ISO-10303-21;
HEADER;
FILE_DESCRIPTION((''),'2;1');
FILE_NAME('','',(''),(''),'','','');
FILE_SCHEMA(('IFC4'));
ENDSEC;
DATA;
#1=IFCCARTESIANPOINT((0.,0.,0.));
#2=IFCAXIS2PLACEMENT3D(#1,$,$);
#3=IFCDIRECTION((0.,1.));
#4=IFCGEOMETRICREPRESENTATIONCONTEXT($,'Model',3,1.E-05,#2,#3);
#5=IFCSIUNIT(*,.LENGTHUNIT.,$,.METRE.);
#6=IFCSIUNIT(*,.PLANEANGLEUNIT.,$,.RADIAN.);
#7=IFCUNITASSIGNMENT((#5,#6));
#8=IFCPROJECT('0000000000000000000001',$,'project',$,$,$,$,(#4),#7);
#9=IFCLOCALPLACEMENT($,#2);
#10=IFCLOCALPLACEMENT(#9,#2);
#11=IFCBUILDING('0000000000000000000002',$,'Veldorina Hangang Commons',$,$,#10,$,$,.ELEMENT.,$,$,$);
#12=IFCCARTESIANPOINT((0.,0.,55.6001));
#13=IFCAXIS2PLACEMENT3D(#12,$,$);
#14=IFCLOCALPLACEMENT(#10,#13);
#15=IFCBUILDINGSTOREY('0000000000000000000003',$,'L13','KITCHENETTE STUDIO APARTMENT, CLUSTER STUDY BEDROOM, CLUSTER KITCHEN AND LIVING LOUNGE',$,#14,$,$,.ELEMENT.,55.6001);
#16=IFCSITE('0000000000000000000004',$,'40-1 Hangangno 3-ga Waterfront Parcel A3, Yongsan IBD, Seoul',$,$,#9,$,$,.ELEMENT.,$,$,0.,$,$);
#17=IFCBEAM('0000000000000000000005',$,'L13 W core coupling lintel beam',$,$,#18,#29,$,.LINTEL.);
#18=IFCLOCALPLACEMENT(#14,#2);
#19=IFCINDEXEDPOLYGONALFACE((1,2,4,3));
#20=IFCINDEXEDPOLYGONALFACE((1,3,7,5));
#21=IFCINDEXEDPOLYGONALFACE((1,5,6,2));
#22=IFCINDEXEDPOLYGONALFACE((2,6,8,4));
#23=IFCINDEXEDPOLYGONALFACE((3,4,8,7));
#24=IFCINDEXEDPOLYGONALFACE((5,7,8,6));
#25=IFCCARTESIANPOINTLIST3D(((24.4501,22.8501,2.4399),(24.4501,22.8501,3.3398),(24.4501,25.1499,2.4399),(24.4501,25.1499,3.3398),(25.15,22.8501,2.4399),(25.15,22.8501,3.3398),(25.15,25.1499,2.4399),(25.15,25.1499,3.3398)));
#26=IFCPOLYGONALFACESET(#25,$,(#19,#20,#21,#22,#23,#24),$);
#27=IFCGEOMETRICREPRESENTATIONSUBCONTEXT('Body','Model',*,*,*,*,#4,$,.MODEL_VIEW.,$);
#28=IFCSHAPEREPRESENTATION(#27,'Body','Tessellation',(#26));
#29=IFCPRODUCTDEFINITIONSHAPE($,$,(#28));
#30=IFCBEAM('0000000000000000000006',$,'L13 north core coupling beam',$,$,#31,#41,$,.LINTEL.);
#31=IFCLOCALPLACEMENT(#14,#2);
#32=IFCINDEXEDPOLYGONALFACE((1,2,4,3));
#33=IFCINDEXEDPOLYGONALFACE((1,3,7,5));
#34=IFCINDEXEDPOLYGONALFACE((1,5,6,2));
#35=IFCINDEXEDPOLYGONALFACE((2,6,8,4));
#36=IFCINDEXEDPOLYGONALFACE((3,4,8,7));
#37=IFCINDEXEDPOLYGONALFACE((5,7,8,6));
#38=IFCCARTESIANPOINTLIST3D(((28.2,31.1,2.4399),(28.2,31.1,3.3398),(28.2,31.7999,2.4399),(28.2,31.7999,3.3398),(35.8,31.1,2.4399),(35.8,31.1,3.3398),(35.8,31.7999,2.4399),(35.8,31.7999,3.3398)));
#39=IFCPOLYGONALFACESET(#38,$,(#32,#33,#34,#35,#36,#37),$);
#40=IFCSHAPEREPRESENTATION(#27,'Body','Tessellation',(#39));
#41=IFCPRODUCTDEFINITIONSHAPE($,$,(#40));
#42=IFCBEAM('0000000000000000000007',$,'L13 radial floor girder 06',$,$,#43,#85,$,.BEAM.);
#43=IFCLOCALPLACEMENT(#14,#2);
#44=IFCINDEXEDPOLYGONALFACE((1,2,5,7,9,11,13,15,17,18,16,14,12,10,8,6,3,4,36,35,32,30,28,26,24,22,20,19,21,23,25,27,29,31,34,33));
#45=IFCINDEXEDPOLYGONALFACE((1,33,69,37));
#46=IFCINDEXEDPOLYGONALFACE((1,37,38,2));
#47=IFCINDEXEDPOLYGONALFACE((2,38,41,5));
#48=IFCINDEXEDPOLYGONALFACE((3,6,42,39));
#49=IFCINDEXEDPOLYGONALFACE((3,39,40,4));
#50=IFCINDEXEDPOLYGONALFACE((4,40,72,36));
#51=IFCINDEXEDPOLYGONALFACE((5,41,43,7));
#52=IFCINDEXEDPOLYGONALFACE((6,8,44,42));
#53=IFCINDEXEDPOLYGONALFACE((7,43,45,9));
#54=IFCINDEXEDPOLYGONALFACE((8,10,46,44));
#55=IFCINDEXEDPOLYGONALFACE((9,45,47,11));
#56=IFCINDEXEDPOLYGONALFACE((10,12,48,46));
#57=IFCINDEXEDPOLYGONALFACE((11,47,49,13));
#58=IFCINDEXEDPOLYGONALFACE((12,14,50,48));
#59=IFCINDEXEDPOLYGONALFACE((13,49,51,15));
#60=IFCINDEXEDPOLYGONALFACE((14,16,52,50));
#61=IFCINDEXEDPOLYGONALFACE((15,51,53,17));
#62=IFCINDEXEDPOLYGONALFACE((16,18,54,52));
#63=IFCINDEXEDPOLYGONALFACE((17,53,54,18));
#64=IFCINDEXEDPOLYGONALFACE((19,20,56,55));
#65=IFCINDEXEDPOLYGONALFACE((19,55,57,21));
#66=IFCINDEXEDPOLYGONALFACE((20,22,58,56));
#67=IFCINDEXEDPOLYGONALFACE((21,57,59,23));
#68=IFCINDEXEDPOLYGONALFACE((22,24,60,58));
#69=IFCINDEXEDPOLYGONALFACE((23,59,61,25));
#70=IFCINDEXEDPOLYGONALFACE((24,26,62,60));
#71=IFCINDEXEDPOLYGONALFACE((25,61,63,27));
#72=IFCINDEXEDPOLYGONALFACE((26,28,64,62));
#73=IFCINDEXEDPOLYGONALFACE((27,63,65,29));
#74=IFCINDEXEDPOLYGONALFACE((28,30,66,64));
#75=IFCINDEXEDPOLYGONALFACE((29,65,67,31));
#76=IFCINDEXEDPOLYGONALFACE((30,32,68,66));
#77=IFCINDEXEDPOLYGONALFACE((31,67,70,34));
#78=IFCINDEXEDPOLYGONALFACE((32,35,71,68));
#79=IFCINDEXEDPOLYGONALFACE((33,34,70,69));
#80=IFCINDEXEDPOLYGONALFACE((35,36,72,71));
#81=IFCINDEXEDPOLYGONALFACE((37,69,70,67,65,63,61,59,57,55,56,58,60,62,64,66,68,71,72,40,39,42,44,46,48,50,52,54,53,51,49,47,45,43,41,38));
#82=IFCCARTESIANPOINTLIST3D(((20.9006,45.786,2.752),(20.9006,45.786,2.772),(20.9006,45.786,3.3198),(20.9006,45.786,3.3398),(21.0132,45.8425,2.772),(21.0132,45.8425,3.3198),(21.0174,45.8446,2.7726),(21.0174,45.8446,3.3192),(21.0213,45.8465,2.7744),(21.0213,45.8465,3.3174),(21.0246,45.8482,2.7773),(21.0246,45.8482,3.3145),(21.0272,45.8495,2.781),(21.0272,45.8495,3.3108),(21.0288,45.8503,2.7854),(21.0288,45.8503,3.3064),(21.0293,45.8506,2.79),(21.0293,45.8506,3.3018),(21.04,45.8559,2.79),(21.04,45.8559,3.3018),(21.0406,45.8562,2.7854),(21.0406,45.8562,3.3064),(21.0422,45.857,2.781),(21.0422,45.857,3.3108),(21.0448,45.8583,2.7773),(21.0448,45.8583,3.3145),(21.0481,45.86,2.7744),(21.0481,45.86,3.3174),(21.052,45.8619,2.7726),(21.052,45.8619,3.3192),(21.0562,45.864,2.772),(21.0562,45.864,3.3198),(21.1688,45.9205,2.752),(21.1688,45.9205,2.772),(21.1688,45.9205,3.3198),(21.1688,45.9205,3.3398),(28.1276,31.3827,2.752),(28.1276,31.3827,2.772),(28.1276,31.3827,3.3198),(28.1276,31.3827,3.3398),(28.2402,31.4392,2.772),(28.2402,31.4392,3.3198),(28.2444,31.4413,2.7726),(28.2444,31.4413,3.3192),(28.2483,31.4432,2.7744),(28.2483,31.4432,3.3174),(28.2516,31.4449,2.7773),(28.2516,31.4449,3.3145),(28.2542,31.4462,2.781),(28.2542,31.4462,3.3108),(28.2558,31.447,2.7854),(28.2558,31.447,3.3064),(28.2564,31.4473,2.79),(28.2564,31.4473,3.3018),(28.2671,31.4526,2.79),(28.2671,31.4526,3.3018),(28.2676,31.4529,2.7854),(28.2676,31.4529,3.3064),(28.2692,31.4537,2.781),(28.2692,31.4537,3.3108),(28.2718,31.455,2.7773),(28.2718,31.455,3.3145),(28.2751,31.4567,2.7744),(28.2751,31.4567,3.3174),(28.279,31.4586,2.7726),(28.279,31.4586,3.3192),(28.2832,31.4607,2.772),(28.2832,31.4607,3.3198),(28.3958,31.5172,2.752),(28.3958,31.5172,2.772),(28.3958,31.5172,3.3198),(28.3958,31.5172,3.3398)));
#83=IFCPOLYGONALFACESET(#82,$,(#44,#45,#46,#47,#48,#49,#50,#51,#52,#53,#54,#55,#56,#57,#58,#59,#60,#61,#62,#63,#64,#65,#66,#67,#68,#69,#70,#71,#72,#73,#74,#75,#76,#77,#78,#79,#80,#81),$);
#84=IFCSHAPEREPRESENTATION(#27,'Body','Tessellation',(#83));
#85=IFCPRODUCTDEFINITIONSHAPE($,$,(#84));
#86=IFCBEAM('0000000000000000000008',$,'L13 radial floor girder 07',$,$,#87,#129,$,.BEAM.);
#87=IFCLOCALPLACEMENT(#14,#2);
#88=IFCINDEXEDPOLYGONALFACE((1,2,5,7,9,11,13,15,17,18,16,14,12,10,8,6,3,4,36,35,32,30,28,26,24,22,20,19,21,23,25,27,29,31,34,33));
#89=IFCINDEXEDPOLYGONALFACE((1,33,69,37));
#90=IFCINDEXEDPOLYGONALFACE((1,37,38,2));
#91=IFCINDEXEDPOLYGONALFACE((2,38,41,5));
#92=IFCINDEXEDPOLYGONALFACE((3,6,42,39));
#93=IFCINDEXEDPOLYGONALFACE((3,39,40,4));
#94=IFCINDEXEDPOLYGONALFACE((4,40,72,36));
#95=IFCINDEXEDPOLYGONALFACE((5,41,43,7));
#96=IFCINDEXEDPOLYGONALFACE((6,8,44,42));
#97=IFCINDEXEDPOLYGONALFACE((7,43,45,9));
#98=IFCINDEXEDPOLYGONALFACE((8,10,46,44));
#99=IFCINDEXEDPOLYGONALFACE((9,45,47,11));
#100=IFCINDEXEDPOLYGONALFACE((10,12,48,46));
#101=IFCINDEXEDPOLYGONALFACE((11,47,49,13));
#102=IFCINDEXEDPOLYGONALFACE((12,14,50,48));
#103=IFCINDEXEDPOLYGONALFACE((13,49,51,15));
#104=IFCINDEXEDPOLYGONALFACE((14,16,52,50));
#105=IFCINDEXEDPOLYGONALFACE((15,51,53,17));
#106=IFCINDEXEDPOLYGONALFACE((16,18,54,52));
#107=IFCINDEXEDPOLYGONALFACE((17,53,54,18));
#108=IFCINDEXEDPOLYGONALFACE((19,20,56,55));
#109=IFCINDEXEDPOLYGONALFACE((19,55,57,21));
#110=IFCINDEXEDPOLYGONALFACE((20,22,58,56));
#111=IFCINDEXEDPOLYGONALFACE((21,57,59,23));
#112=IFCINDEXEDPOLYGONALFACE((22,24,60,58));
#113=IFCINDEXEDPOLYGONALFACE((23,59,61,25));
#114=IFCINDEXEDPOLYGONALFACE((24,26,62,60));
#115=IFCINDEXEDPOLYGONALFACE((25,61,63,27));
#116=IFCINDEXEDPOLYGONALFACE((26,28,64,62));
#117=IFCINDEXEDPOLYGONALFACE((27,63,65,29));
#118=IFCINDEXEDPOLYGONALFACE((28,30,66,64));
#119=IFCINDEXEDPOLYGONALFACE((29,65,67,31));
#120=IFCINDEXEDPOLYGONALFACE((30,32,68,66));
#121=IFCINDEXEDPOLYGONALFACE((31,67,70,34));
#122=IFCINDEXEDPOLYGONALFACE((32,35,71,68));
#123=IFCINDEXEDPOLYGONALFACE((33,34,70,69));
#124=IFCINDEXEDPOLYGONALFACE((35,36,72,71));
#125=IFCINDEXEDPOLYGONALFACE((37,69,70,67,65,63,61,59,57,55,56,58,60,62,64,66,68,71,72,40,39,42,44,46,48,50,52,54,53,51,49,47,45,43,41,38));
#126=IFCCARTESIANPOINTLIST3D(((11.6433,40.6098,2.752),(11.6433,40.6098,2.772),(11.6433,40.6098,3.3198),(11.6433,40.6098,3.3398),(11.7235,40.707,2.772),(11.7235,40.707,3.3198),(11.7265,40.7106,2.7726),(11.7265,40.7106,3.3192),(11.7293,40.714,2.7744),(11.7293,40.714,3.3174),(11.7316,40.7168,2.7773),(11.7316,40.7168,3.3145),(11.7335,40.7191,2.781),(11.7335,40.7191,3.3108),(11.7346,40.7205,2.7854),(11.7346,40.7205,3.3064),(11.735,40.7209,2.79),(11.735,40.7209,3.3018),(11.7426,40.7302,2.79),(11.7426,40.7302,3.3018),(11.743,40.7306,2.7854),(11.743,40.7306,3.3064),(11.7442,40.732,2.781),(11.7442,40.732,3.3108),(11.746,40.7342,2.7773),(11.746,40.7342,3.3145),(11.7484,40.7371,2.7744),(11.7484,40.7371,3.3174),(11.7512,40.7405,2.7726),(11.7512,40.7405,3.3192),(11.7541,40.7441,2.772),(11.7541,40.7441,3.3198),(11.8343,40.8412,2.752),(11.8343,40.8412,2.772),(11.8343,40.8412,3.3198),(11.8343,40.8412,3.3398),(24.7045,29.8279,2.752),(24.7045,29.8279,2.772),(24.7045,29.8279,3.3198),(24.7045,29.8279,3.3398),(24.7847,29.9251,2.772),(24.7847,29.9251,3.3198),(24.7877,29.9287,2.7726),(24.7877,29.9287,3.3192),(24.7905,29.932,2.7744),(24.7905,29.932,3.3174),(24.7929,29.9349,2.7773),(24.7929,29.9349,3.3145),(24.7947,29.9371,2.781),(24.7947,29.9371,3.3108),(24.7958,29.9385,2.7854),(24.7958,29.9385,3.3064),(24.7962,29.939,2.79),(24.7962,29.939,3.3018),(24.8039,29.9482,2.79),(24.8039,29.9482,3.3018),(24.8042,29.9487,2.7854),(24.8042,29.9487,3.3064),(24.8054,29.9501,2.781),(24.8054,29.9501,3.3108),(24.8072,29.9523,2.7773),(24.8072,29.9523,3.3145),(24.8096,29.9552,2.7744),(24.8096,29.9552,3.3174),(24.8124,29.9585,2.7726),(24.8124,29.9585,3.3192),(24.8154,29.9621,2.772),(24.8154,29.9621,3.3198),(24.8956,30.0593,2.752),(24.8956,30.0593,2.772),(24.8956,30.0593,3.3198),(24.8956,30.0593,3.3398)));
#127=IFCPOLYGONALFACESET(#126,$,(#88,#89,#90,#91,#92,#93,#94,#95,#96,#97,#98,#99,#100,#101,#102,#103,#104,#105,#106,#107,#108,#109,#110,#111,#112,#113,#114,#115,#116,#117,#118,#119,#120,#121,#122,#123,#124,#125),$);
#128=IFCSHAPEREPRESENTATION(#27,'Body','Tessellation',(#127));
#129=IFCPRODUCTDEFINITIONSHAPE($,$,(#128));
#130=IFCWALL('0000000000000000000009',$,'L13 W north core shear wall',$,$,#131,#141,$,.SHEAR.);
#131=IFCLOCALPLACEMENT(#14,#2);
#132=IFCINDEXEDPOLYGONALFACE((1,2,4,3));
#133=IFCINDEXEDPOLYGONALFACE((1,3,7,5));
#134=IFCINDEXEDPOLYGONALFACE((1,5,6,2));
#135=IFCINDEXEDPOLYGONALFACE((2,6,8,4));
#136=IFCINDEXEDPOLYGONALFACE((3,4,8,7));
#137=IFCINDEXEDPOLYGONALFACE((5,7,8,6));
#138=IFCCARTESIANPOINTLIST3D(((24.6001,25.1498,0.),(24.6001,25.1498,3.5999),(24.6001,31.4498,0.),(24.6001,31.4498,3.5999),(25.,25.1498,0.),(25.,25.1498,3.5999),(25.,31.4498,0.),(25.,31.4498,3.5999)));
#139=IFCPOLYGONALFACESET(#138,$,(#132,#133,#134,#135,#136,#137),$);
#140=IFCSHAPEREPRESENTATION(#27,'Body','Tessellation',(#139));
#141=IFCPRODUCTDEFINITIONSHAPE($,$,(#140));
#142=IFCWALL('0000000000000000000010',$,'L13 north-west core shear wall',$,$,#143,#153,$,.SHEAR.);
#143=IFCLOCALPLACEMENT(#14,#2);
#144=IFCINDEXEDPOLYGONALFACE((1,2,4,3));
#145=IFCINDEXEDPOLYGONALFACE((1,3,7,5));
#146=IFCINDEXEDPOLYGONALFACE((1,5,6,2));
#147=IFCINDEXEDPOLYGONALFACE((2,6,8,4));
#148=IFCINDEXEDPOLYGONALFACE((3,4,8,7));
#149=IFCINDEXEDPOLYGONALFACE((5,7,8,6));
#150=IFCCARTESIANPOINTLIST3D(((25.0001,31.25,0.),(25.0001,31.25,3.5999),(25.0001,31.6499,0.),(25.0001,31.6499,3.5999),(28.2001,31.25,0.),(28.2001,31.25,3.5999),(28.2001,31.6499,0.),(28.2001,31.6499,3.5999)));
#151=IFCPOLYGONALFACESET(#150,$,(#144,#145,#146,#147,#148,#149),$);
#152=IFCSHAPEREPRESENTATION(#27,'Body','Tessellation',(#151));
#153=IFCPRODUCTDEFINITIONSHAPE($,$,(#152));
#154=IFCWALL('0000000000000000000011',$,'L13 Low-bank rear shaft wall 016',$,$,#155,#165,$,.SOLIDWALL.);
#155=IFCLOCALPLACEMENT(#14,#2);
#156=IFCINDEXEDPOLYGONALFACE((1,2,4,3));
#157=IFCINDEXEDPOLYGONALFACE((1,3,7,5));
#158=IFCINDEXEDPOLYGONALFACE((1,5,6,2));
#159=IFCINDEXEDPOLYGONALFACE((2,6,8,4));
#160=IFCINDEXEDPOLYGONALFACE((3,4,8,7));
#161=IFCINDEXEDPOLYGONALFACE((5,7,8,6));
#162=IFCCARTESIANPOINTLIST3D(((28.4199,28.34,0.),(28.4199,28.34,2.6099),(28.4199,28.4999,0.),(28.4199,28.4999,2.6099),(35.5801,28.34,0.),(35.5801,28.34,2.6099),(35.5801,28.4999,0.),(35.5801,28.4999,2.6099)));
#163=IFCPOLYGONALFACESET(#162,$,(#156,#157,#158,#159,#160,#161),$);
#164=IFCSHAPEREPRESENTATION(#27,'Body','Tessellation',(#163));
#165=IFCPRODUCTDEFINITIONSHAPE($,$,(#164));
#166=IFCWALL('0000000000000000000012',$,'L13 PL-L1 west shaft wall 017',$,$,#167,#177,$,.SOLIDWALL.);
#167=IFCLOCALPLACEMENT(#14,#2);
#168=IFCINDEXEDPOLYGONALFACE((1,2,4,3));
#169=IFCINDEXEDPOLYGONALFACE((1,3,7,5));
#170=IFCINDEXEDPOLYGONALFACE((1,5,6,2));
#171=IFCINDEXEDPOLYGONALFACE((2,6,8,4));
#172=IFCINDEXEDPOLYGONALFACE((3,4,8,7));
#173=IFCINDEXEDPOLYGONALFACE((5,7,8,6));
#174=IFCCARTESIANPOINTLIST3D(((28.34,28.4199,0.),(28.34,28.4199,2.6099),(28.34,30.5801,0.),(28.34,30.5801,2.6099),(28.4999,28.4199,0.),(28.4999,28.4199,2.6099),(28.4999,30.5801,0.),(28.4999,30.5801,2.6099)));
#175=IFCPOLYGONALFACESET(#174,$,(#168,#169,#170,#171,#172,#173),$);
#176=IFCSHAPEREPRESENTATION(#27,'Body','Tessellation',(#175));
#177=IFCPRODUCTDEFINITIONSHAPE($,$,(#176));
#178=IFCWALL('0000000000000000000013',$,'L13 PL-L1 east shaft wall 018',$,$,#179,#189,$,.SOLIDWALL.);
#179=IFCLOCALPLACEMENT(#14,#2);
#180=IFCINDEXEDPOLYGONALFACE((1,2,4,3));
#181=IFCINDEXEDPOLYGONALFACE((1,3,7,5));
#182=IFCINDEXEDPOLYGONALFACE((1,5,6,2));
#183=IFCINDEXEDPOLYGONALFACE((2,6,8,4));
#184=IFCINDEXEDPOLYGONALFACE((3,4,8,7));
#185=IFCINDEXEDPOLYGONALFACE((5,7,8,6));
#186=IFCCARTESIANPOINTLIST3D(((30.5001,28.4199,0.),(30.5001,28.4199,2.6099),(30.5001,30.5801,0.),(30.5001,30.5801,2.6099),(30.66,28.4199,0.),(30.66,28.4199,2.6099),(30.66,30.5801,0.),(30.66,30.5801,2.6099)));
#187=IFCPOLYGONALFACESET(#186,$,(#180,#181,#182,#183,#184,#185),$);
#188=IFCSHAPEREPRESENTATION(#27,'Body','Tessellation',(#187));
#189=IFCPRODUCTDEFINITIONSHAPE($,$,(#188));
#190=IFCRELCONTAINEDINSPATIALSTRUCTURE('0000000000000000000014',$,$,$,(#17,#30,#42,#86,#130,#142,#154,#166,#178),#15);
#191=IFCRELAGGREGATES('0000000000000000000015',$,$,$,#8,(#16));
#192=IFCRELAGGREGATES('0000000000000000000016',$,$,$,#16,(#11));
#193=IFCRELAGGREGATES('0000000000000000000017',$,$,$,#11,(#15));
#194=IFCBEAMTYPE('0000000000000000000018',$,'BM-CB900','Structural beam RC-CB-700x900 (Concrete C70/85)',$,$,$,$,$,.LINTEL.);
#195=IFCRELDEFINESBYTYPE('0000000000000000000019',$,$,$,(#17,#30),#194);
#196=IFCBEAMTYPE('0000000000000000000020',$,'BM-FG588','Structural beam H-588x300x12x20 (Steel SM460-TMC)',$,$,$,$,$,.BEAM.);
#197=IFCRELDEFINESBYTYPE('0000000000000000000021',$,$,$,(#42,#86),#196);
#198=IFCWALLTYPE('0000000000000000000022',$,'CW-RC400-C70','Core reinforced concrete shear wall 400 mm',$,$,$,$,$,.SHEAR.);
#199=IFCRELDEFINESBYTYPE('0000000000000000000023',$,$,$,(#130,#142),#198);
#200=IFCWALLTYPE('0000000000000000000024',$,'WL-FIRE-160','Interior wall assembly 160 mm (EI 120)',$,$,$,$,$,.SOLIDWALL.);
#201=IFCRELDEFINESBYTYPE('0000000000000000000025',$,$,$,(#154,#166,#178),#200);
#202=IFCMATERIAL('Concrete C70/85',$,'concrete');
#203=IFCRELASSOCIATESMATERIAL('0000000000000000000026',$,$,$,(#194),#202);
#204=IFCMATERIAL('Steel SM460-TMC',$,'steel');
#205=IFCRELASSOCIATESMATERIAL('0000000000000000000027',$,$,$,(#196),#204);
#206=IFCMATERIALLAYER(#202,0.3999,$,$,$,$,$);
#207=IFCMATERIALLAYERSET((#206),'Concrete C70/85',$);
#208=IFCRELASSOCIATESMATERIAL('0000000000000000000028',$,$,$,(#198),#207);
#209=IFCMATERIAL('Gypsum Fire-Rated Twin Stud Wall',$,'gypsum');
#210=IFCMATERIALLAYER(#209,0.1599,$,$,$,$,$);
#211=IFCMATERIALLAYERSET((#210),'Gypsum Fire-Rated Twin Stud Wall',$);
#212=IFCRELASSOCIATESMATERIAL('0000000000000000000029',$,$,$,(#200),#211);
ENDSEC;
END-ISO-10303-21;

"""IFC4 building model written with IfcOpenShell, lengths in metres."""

from ifc_helpers import new_model, si_unit, direction, frame, frame_2d, origin, origin_2d, place, context, subcontext, project, spatial, rectangle, i_section, extrude, material, layer, layer_set, material_profile, profile_set, type_object, element, save


model = new_model("IFC4")

# Units and contexts
model_context = context("Model", 3, precision=1e-05, world=origin(), true_north=direction((0.0, 1.0)))
body_context = subcontext(model_context, "Body", "Model", "MODEL_VIEW")
ifc_project = project(units=[si_unit("LENGTHUNIT", "METRE"), si_unit("PLANEANGLEUNIT", "RADIAN")], contexts=[model_context])

# Site, building, storey
site_placement = place(None, origin())
site = spatial("IfcSite", under=ifc_project, at=site_placement, Name="40-1 Hangangno 3-ga Waterfront Parcel A3, Yongsan IBD, Seoul", CompositionType="ELEMENT", RefElevation=0.0)
building_placement = place(site_placement, origin())
building = spatial("IfcBuilding", under=site, at=building_placement, Name="Veldorina Hangang Commons", CompositionType="ELEMENT")
storey_placement = place(building_placement, frame((0.0, 0.0, 55.6001)))
storey = spatial("IfcBuildingStorey", under=building, at=storey_placement, Name="L13", Description="KITCHENETTE STUDIO APARTMENT, CLUSTER STUDY BEDROOM, CLUSTER KITCHEN AND LIVING LOUNGE", CompositionType="ELEMENT", Elevation=55.6001)

# Beams
ifc_material_1 = material(Name="Concrete C70/85", Category="concrete")
ifc_material_profile_1 = material_profile(ifc_material_1, rectangle(XDim=0.7, YDim=0.8999, at=origin_2d()), Name="RC-CB-700x900")
ifc_profile_set_1 = profile_set([ifc_material_profile_1], Name="Concrete C70/85")
beam_type_1 = type_object("IfcBeamType", Name="BM-CB900", Description="Structural beam RC-CB-700x900 (Concrete C70/85)", PredefinedType="LINTEL", material=ifc_profile_set_1)
beam_1_placement = place(storey_placement, frame((24.8, 22.8501, 2.8899), z_axis=(0.0, 1.0, 0.0), x_axis=(-1.0, 0.0, 0.0)))
element("IfcBeam", 1, at=beam_1_placement, inside=storey, type_object=beam_type_1, Name="L13 W core coupling lintel beam", PredefinedType="LINTEL", context=body_context, shape_type="SweptSolid", body=[
    extrude(rectangle(XDim=0.7, YDim=0.8999, at=origin_2d()), origin(), (0.0, 0.0, 1.0), 2.2998),
])
beam_2_placement = place(storey_placement, frame((28.2, 31.45, 2.8899), z_axis=(1.0, 0.0, 0.0), x_axis=(0.0, 1.0, 0.0)))
element("IfcBeam", 2, at=beam_2_placement, inside=storey, type_object=beam_type_1, Name="L13 north core coupling beam", PredefinedType="LINTEL", context=body_context, shape_type="SweptSolid", body=[
    extrude(rectangle(XDim=0.7, YDim=0.8999, at=origin_2d()), origin(), (0.0, 0.0, 1.0), 7.6001),
])
ifc_material_2 = material(Name="Steel SM460-TMC", Category="steel")
ifc_material_profile_2 = material_profile(ifc_material_2, i_section(OverallWidth=0.3, OverallDepth=0.5879, WebThickness=0.012, FlangeThickness=0.02, FilletRadius=0.0181, at=origin_2d()), Name="H-588x300x12x20")
ifc_profile_set_2 = profile_set([ifc_material_profile_2], Name="Steel SM460-TMC")
beam_type_2 = type_object("IfcBeamType", Name="BM-FG588", Description="Structural beam H-588x300x12x20 (Steel SM460-TMC)", PredefinedType="BEAM", material=ifc_profile_set_2)
beam_3_placement = place(storey_placement, frame((28.2617, 31.45, 3.0459), z_axis=(-0.448474, 0.893796, 0.0), x_axis=(-0.893796, -0.448474, 0.0)))
element("IfcBeam", 3, at=beam_3_placement, inside=storey, type_object=beam_type_2, Name="L13 radial floor girder 06", PredefinedType="BEAM", context=body_context, shape_type="SweptSolid", body=[
    extrude(i_section(OverallWidth=0.3, OverallDepth=0.5879, WebThickness=0.012, FlangeThickness=0.02, FilletRadius=0.0181, at=origin_2d()), origin(), (0.0, 0.0, 1.0), 16.1147),
])
beam_4_placement = place(storey_placement, frame((24.8, 29.9436, 3.0459), z_axis=(-0.771187, 0.636609, 0.0), x_axis=(-0.636609, -0.771187, 0.0)))
element("IfcBeam", 4, at=beam_4_placement, inside=storey, type_object=beam_type_2, Name="L13 radial floor girder 07", PredefinedType="BEAM", context=body_context, shape_type="SweptSolid", body=[
    extrude(i_section(OverallWidth=0.3, OverallDepth=0.5879, WebThickness=0.012, FlangeThickness=0.02, FilletRadius=0.0181, at=origin_2d()), origin(), (0.0, 0.0, 1.0), 16.9365),
])

# Walls
ifc_layer_1 = layer(ifc_material_1, 0.3999)
ifc_layer_set_1 = layer_set([ifc_layer_1], Name="Concrete C70/85")
wall_type_1 = type_object("IfcWallType", Name="CW-RC400-C70", Description="Core reinforced concrete shear wall 400 mm", PredefinedType="SHEAR", material=ifc_layer_set_1)
wall_1_placement = place(storey_placement, frame((24.8, 25.1499, 0.0), z_axis=(0.0, 0.0, 1.0), x_axis=(0.0, 1.0, 0.0)))
element("IfcWall", 5, at=wall_1_placement, inside=storey, type_object=wall_type_1, Name="L13 W north core shear wall", PredefinedType="SHEAR", context=body_context, shape_type="SweptSolid", body=[
    extrude(rectangle(XDim=6.3, YDim=0.3999, at=frame_2d((3.1499, 0.0))), origin(), (0.0, 0.0, 1.0), 3.5999),
])
wall_2_placement = place(storey_placement, frame((25.0, 31.45, 0.0), z_axis=(0.0, 0.0, 1.0), x_axis=(1.0, 0.0, 0.0)))
element("IfcWall", 6, at=wall_2_placement, inside=storey, type_object=wall_type_1, Name="L13 north-west core shear wall", PredefinedType="SHEAR", context=body_context, shape_type="SweptSolid", body=[
    extrude(rectangle(XDim=3.2, YDim=0.3999, at=frame_2d((1.6001, 0.0))), origin(), (0.0, 0.0, 1.0), 3.5999),
])

# Shared definitions
ifc_material_3 = material(Name="Gypsum Fire-Rated Twin Stud Wall", Category="gypsum")
ifc_layer_2 = layer(ifc_material_3, 0.1599)
ifc_layer_set_2 = layer_set([ifc_layer_2], Name="Gypsum Fire-Rated Twin Stud Wall")
wall_type_2 = type_object("IfcWallType", Name="WL-FIRE-160", Description="Interior wall assembly 160 mm (EI 120)", PredefinedType="SOLIDWALL", material=ifc_layer_set_2)

# Walls
wall_3_placement = place(storey_placement, frame((28.4199, 28.4199, 0.0), z_axis=(0.0, 0.0, 1.0), x_axis=(1.0, 0.0, 0.0)))
element("IfcWall", 7, at=wall_3_placement, inside=storey, type_object=wall_type_2, Name="L13 Low-bank rear shaft wall 016", PredefinedType="SOLIDWALL", context=body_context, shape_type="SweptSolid", body=[
    extrude(rectangle(XDim=7.1602, YDim=0.1599, at=frame_2d((3.5801, 0.0))), origin(), (0.0, 0.0, 1.0), 2.6099),
])
for number, where, z_axis, x_axis, name in (
    (8, (28.4199, 28.4199, 0.0), (0.0, 0.0, 1.0), (0.0, 1.0, 0.0), "L13 PL-L1 west shaft wall 017"),
    (9, (30.5801, 28.4199, 0.0), (0.0, 0.0, 1.0), (0.0, 1.0, 0.0), "L13 PL-L1 east shaft wall 018"),
):
    element("IfcWall", number, at=place(storey_placement, frame(where, z_axis=z_axis, x_axis=x_axis)), inside=storey, type_object=wall_type_2, Name=name, PredefinedType="SOLIDWALL", context=body_context, shape_type="SweptSolid", body=[
        extrude(rectangle(XDim=2.1602, YDim=0.1599, at=frame_2d((1.0801, 0.0))), origin(), (0.0, 0.0, 1.0), 2.6099),
    ])

save(model, "model.ifc")
